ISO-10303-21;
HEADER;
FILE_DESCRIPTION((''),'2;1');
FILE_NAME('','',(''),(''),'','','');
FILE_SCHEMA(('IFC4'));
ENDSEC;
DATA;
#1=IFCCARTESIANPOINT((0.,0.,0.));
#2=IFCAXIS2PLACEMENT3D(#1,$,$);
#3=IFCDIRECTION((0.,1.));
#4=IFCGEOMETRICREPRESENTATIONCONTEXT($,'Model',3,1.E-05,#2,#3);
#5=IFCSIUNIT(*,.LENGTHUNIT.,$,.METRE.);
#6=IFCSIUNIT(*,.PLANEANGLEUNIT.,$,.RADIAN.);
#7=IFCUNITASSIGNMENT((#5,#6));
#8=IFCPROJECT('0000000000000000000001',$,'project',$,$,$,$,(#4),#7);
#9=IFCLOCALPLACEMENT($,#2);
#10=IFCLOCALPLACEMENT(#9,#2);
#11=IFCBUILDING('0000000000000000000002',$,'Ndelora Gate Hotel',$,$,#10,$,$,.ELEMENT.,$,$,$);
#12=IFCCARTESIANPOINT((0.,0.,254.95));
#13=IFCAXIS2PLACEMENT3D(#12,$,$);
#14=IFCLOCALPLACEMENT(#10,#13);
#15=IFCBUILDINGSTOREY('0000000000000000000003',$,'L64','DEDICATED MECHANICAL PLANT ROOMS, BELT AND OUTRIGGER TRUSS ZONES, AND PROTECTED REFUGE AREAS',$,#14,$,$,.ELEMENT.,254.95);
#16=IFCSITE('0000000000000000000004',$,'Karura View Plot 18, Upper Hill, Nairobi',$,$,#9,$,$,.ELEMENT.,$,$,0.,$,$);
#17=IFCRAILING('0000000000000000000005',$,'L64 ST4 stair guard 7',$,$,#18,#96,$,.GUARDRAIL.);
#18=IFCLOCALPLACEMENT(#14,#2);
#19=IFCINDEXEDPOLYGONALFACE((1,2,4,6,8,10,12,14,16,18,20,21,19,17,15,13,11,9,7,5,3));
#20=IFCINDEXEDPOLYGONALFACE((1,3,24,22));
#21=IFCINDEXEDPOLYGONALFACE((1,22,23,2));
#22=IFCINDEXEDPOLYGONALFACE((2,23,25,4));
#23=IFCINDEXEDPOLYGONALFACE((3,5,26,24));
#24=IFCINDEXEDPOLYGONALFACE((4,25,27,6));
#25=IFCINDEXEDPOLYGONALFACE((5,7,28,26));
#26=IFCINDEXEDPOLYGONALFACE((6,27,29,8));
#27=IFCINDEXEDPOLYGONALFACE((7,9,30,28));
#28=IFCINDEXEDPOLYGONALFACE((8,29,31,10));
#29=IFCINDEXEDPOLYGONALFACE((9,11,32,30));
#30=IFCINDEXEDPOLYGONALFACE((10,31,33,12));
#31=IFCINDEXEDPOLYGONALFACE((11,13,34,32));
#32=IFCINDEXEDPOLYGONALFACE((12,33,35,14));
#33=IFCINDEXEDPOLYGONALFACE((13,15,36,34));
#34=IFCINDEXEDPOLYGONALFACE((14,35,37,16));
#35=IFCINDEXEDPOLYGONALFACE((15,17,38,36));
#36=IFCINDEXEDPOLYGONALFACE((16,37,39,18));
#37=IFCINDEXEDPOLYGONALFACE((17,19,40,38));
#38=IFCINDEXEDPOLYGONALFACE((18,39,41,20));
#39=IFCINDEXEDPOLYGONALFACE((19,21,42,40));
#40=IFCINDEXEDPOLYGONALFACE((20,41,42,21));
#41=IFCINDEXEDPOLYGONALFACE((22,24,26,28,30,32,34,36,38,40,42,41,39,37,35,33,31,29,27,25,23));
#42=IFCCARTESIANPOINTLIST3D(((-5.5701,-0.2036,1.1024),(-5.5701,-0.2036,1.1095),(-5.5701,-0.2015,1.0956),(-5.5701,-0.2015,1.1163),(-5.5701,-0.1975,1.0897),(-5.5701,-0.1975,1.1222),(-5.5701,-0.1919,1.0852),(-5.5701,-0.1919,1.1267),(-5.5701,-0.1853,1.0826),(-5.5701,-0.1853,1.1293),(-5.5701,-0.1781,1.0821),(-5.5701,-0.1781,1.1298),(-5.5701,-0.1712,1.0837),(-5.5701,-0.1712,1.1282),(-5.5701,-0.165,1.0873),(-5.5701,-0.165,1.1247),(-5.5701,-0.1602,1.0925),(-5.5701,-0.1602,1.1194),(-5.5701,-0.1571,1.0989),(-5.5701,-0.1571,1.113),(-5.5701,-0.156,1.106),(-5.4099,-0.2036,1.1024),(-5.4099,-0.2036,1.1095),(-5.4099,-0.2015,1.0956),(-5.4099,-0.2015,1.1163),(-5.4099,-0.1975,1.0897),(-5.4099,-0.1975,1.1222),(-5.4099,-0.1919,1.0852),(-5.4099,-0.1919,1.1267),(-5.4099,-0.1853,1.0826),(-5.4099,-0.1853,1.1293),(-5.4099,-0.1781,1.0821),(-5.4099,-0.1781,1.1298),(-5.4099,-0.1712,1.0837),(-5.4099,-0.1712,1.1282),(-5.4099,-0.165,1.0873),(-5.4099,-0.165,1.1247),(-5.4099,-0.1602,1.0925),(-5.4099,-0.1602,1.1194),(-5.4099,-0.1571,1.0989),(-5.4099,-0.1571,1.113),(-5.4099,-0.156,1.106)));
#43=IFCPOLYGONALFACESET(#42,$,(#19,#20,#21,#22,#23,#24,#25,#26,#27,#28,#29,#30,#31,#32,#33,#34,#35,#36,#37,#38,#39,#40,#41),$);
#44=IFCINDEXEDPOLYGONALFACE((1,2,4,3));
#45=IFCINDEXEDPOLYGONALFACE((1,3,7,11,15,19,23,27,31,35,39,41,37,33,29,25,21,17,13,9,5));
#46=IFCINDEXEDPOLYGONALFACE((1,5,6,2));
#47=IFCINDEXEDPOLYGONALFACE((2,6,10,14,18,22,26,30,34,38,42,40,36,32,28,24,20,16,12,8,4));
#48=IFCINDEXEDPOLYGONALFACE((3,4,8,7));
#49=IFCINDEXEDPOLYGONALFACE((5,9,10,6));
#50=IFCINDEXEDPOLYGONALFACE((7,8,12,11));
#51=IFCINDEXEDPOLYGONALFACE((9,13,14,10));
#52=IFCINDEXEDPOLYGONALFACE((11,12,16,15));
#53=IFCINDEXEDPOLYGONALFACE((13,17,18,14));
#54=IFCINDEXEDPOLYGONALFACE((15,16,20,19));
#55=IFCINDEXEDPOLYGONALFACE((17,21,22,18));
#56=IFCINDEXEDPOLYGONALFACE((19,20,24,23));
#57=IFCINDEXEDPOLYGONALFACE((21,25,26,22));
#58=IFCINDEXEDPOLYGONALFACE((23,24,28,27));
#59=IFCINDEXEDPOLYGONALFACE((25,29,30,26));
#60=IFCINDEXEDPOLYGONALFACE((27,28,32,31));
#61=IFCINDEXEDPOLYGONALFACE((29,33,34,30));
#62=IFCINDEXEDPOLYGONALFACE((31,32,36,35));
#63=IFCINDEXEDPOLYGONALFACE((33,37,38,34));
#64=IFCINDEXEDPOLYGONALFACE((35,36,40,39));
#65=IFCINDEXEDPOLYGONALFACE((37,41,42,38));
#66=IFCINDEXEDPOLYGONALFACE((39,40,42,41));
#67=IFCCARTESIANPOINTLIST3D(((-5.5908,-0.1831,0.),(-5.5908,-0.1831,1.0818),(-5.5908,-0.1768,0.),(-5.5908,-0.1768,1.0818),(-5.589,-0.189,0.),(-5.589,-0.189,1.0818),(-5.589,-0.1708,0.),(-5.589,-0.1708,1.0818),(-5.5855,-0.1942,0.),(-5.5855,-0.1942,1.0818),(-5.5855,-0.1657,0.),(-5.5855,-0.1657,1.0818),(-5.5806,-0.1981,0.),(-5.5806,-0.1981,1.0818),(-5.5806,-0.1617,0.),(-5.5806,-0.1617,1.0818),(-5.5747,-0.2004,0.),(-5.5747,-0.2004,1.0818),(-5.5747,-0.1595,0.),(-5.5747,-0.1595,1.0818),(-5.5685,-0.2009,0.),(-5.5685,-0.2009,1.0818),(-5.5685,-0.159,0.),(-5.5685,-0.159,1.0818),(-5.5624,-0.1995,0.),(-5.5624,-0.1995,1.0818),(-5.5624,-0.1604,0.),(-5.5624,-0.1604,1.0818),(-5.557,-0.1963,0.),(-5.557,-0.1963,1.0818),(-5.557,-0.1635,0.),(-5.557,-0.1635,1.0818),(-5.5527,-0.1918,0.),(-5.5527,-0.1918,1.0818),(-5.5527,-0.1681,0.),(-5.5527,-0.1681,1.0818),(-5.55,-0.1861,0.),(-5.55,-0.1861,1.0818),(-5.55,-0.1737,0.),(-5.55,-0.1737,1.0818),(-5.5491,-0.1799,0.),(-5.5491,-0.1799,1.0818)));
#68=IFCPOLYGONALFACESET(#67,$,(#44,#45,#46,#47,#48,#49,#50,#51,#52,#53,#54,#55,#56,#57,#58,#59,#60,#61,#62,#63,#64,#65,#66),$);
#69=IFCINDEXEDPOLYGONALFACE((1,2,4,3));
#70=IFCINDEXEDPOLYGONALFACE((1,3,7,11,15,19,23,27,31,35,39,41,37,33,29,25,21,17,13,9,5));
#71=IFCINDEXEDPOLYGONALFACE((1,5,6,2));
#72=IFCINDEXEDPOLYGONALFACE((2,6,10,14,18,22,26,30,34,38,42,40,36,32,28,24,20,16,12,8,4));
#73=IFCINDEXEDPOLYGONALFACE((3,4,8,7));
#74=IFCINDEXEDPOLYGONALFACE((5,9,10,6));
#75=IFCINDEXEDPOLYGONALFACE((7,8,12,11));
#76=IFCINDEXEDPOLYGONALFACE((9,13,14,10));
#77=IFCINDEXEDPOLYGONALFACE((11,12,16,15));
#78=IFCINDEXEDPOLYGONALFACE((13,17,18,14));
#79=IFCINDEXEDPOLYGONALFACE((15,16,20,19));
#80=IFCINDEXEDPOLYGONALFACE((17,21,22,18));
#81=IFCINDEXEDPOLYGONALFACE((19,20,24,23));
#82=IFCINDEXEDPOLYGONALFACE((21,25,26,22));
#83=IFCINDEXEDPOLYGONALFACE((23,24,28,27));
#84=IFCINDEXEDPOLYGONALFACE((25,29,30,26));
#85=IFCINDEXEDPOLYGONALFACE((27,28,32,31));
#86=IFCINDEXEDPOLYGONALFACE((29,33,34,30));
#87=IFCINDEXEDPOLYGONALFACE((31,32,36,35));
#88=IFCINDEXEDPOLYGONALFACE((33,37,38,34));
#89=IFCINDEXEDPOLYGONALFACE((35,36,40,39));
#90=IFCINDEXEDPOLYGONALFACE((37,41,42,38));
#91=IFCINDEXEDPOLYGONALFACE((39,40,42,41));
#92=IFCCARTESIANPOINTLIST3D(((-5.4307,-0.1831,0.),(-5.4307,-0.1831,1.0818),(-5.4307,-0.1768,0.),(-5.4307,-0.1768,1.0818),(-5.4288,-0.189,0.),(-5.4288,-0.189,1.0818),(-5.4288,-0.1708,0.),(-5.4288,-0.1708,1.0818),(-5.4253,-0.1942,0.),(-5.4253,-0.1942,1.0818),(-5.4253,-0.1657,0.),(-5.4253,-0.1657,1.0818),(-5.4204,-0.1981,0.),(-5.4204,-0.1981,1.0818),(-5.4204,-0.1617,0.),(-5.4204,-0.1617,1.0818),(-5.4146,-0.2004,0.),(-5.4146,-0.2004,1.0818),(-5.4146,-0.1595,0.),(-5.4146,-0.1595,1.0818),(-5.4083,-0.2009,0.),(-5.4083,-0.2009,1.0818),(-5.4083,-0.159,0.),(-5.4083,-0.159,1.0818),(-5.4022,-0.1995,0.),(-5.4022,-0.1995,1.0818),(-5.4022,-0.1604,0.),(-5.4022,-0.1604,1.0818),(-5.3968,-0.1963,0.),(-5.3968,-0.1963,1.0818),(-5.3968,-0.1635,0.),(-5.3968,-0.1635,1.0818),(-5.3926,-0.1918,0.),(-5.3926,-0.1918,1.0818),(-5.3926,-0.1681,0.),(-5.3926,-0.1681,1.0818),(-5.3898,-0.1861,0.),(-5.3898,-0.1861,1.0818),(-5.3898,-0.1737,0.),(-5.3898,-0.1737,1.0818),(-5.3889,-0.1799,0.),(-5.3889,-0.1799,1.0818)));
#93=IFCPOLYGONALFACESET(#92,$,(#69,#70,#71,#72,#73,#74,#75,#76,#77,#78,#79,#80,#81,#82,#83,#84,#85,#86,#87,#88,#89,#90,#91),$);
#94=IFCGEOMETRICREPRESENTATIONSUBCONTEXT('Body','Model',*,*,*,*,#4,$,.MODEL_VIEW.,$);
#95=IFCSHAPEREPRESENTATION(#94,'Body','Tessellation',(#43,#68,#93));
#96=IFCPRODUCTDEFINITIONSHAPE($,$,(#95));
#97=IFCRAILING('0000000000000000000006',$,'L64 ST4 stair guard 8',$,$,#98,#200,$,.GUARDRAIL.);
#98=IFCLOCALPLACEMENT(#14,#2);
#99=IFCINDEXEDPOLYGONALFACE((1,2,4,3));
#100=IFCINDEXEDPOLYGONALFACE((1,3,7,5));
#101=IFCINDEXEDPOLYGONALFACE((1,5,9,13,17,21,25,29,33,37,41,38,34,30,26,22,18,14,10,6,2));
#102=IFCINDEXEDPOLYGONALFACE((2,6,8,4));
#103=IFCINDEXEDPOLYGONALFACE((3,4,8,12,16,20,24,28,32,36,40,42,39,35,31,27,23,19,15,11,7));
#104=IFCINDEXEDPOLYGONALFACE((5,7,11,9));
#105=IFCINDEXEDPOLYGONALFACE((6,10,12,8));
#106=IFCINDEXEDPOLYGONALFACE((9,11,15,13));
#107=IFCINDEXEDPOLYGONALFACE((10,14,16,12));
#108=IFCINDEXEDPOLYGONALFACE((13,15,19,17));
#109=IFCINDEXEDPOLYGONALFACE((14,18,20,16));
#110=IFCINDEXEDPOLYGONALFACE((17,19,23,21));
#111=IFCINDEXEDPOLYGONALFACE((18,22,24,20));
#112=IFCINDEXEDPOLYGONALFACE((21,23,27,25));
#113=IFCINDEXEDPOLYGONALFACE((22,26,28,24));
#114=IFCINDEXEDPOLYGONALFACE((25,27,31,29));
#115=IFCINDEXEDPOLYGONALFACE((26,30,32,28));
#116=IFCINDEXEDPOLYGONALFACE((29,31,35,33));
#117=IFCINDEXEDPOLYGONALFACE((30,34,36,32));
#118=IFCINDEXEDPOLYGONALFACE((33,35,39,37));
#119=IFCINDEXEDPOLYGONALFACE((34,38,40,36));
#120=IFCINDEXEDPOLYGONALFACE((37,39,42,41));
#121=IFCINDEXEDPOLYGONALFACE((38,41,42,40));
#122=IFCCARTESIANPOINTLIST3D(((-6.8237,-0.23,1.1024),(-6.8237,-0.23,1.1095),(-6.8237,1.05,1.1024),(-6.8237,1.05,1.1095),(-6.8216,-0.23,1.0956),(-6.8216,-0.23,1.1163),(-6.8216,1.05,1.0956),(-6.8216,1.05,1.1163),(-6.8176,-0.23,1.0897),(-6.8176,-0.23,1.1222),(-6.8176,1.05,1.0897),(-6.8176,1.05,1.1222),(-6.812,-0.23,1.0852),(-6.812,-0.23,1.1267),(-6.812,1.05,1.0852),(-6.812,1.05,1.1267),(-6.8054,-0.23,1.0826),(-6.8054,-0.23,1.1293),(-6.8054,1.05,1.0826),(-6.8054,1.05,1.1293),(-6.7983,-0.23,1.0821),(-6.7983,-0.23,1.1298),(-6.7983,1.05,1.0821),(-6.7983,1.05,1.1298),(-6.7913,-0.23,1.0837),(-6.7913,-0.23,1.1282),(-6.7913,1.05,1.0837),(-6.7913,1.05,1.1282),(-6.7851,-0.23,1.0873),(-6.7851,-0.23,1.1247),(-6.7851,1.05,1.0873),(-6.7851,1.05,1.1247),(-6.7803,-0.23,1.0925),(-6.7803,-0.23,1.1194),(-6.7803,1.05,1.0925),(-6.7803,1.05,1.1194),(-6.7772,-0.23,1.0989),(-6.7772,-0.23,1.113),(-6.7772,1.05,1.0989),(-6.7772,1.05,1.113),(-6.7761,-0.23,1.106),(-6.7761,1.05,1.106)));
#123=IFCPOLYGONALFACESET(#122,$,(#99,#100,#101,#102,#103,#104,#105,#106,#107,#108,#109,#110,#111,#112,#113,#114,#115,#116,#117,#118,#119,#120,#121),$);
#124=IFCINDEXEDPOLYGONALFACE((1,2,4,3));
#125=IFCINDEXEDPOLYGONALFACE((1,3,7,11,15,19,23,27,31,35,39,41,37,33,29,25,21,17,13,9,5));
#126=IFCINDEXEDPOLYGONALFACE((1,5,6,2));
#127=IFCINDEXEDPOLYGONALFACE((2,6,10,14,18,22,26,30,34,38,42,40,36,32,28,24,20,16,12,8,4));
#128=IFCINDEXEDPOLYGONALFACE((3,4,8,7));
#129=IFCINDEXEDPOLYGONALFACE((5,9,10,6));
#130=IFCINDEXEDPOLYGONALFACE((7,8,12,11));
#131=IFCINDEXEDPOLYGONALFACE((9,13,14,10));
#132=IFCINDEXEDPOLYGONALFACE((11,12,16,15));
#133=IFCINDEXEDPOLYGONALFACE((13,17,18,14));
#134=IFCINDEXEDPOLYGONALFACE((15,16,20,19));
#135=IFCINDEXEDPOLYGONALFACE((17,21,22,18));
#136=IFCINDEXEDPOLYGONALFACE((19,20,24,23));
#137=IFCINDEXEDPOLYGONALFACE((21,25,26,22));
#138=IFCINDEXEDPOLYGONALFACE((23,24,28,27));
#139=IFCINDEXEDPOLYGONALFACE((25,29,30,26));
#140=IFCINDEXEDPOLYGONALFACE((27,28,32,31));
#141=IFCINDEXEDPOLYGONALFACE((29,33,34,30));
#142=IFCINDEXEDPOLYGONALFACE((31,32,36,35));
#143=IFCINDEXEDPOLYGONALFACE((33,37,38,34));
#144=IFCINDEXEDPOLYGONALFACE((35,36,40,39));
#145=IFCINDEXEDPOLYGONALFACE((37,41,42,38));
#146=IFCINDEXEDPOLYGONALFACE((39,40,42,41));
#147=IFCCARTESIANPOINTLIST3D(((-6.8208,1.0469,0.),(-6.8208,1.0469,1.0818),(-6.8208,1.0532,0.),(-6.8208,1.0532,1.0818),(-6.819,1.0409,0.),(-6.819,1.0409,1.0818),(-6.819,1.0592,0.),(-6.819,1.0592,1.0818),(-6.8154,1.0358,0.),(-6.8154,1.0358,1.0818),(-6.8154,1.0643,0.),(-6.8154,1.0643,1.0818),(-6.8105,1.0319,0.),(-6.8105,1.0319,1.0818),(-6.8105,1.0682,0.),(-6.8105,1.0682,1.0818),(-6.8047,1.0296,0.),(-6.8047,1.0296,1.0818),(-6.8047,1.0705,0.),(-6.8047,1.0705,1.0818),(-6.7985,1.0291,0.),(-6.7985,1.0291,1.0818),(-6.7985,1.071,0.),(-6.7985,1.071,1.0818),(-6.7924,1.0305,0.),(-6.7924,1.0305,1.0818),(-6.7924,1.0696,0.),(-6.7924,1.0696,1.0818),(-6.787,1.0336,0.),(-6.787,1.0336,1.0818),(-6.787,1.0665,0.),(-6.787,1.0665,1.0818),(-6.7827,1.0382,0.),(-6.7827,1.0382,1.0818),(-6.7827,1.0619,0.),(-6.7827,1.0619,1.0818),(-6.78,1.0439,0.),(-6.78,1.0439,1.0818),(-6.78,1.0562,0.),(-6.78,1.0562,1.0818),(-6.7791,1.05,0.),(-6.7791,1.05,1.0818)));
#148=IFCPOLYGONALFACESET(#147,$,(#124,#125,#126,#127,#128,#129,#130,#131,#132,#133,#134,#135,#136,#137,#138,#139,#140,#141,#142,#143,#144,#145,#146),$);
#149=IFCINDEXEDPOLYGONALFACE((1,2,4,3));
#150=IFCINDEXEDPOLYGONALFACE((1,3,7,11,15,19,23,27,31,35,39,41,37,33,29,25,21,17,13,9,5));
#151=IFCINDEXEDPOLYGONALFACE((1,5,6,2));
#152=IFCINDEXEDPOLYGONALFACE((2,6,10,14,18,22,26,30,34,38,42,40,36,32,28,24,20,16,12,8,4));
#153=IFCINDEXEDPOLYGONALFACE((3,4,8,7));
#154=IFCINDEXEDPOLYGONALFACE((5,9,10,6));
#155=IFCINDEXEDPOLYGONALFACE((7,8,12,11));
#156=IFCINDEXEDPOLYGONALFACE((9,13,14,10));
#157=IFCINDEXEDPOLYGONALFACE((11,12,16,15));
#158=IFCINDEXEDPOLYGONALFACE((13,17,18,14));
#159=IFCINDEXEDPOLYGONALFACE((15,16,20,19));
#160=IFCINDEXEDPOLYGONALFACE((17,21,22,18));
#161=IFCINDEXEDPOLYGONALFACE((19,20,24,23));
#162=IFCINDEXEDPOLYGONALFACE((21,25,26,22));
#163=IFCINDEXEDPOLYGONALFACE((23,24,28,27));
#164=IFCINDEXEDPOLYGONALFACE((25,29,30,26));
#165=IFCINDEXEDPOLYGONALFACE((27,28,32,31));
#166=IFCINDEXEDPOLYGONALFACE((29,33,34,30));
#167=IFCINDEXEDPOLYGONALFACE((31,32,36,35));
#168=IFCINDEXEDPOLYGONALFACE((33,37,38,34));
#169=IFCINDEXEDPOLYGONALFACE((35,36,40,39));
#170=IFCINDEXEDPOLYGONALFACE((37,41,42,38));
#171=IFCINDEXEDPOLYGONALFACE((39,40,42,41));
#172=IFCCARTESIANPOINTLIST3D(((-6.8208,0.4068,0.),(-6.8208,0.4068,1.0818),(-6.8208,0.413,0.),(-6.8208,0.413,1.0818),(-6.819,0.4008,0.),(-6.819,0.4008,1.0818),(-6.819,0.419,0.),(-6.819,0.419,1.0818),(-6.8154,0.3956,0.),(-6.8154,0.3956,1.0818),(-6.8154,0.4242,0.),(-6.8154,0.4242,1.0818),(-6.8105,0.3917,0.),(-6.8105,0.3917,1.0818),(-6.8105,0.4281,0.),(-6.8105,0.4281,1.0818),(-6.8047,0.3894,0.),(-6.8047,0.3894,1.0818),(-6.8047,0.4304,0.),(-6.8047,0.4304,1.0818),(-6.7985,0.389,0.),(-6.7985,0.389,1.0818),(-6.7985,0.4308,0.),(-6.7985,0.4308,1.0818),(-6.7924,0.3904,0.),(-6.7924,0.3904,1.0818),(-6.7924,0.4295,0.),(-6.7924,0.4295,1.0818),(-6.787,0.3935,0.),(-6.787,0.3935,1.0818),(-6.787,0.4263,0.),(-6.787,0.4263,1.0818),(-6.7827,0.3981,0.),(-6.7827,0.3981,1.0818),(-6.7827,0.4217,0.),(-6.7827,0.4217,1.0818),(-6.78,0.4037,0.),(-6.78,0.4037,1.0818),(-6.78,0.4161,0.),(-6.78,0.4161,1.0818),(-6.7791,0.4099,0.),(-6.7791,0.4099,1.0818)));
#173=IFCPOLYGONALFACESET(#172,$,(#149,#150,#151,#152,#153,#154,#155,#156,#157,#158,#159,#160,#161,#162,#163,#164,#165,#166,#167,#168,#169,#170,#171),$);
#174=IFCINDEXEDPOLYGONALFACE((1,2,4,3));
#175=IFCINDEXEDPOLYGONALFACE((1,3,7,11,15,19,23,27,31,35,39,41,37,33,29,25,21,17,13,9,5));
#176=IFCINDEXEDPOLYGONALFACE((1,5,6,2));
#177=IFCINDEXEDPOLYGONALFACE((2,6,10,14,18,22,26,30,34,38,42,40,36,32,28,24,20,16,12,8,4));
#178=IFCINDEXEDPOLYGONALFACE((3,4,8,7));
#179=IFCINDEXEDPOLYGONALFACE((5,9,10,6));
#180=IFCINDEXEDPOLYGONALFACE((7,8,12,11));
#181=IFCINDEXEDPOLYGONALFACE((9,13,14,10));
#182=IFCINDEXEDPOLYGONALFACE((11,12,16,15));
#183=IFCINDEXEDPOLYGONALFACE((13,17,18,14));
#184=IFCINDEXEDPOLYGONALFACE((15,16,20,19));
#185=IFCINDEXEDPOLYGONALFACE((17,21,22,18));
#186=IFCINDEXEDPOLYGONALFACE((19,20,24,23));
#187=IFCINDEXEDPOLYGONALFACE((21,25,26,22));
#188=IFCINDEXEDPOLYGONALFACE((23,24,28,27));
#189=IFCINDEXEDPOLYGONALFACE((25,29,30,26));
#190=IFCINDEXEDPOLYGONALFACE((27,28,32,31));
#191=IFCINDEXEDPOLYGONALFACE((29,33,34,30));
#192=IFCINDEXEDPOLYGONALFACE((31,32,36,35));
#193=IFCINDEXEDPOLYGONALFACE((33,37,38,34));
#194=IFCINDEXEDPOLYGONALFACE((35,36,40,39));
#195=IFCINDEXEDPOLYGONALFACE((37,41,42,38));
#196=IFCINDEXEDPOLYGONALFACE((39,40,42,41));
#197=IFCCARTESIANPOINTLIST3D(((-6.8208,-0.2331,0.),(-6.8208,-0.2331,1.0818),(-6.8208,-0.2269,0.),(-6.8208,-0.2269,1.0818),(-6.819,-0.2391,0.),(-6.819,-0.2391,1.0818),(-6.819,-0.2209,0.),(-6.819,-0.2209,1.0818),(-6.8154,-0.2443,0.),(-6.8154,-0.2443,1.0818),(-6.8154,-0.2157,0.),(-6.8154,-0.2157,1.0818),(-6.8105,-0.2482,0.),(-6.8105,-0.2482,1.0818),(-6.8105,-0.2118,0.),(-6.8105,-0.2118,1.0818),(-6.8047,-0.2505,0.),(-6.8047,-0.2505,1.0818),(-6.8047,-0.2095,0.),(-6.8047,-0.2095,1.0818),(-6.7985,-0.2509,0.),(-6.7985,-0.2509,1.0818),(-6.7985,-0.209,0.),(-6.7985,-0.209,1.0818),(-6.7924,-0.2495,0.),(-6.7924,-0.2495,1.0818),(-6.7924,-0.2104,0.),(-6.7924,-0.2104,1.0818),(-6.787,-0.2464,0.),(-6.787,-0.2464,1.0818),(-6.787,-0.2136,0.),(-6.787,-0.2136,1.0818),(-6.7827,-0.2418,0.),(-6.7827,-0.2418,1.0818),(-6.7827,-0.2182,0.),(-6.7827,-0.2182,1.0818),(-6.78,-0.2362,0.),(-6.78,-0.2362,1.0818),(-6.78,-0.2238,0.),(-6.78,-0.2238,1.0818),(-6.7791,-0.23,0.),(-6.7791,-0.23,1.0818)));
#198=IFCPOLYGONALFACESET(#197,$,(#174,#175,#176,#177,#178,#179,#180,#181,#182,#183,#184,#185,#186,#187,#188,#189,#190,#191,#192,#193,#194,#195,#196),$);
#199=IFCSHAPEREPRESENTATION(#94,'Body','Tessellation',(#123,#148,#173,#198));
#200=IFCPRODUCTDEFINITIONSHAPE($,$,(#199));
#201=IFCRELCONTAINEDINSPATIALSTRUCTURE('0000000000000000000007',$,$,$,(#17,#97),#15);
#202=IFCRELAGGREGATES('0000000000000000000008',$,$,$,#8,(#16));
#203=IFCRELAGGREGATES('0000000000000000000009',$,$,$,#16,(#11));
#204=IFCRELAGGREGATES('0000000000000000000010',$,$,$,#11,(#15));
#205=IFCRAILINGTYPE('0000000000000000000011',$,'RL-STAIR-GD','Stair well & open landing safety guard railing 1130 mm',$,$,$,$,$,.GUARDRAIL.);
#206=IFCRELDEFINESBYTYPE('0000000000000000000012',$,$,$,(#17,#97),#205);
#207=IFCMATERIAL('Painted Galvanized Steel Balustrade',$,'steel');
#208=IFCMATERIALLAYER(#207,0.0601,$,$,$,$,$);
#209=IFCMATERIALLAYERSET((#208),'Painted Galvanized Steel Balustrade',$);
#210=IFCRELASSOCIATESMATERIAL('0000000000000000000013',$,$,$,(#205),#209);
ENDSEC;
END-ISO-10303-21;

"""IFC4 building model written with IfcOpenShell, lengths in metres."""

from ifc_helpers import new_model, si_unit, direction, frame, origin, origin_2d, place, context, subcontext, project, spatial, circle, extrude, material, layer, layer_set, type_object, element, save


model = new_model("IFC4")

# Units and contexts
model_context = context("Model", 3, precision=1e-05, world=origin(), true_north=direction((0.0, 1.0)))
body_context = subcontext(model_context, "Body", "Model", "MODEL_VIEW")
ifc_project = project(units=[si_unit("LENGTHUNIT", "METRE"), si_unit("PLANEANGLEUNIT", "RADIAN")], contexts=[model_context])

# Site, building, storey
site_placement = place(None, origin())
site = spatial("IfcSite", under=ifc_project, at=site_placement, Name="Karura View Plot 18, Upper Hill, Nairobi", CompositionType="ELEMENT", RefElevation=0.0)
building_placement = place(site_placement, origin())
building = spatial("IfcBuilding", under=site, at=building_placement, Name="Ndelora Gate Hotel", CompositionType="ELEMENT")
storey_placement = place(building_placement, frame((0.0, 0.0, 254.95)))
storey = spatial("IfcBuildingStorey", under=building, at=storey_placement, Name="L64", Description="DEDICATED MECHANICAL PLANT ROOMS, BELT AND OUTRIGGER TRUSS ZONES, AND PROTECTED REFUGE AREAS", CompositionType="ELEMENT", Elevation=254.95)

# Railings
ifc_material_1 = material(Name="Painted Galvanized Steel Balustrade", Category="steel")
ifc_layer_1 = layer(ifc_material_1, 0.0601)
ifc_layer_set_1 = layer_set([ifc_layer_1], Name="Painted Galvanized Steel Balustrade")
railing_type_1 = type_object("IfcRailingType", Name="RL-STAIR-GD", Description="Stair well & open landing safety guard railing 1130 mm", PredefinedType="GUARDRAIL", material=ifc_layer_set_1)
railing_1_placement = place(storey_placement, frame((-5.5701, -0.1799, 0.0)))
element("IfcRailing", 1, at=railing_1_placement, inside=storey, type_object=railing_type_1, Name="L64 ST4 stair guard 7", PredefinedType="GUARDRAIL", context=body_context, shape_type="SweptSolid", body=[
    extrude(circle(Radius=0.0239, at=origin_2d()), frame((0.0, 0.0, 1.106), z_axis=(1.0, 0.0, 0.0), x_axis=(0.0, 1.0, 0.0)), (0.0, 0.0, 1.0), 0.1602),
    extrude(circle(Radius=0.021, at=origin_2d()), origin(), (0.0, 0.0, 1.0), 1.0818),
    extrude(circle(Radius=0.021, at=origin_2d()), frame((0.1602, 0.0, 0.0)), (0.0, 0.0, 1.0), 1.0818),
])
for number, where, name in (
    (2, (-6.8, 1.05, 0.0), "L64 ST4 stair guard 8"),
):
    element("IfcRailing", number, at=place(storey_placement, frame(where)), inside=storey, type_object=railing_type_1, Name=name, PredefinedType="GUARDRAIL", context=body_context, shape_type="SweptSolid", body=[
        extrude(circle(Radius=0.0239, at=origin_2d()), frame((0.0, 0.0, 1.106), z_axis=(0.0, -1.0, 0.0), x_axis=(1.0, 0.0, 0.0)), (0.0, 0.0, 1.0), 1.28),
        extrude(circle(Radius=0.021, at=origin_2d()), origin(), (0.0, 0.0, 1.0), 1.0818),
        extrude(circle(Radius=0.021, at=origin_2d()), frame((0.0, -0.6401, 0.0)), (0.0, 0.0, 1.0), 1.0818),
        extrude(circle(Radius=0.021, at=origin_2d()), frame((0.0, -1.28, 0.0)), (0.0, 0.0, 1.0), 1.0818),
    ])

save(model, "model.ifc")
